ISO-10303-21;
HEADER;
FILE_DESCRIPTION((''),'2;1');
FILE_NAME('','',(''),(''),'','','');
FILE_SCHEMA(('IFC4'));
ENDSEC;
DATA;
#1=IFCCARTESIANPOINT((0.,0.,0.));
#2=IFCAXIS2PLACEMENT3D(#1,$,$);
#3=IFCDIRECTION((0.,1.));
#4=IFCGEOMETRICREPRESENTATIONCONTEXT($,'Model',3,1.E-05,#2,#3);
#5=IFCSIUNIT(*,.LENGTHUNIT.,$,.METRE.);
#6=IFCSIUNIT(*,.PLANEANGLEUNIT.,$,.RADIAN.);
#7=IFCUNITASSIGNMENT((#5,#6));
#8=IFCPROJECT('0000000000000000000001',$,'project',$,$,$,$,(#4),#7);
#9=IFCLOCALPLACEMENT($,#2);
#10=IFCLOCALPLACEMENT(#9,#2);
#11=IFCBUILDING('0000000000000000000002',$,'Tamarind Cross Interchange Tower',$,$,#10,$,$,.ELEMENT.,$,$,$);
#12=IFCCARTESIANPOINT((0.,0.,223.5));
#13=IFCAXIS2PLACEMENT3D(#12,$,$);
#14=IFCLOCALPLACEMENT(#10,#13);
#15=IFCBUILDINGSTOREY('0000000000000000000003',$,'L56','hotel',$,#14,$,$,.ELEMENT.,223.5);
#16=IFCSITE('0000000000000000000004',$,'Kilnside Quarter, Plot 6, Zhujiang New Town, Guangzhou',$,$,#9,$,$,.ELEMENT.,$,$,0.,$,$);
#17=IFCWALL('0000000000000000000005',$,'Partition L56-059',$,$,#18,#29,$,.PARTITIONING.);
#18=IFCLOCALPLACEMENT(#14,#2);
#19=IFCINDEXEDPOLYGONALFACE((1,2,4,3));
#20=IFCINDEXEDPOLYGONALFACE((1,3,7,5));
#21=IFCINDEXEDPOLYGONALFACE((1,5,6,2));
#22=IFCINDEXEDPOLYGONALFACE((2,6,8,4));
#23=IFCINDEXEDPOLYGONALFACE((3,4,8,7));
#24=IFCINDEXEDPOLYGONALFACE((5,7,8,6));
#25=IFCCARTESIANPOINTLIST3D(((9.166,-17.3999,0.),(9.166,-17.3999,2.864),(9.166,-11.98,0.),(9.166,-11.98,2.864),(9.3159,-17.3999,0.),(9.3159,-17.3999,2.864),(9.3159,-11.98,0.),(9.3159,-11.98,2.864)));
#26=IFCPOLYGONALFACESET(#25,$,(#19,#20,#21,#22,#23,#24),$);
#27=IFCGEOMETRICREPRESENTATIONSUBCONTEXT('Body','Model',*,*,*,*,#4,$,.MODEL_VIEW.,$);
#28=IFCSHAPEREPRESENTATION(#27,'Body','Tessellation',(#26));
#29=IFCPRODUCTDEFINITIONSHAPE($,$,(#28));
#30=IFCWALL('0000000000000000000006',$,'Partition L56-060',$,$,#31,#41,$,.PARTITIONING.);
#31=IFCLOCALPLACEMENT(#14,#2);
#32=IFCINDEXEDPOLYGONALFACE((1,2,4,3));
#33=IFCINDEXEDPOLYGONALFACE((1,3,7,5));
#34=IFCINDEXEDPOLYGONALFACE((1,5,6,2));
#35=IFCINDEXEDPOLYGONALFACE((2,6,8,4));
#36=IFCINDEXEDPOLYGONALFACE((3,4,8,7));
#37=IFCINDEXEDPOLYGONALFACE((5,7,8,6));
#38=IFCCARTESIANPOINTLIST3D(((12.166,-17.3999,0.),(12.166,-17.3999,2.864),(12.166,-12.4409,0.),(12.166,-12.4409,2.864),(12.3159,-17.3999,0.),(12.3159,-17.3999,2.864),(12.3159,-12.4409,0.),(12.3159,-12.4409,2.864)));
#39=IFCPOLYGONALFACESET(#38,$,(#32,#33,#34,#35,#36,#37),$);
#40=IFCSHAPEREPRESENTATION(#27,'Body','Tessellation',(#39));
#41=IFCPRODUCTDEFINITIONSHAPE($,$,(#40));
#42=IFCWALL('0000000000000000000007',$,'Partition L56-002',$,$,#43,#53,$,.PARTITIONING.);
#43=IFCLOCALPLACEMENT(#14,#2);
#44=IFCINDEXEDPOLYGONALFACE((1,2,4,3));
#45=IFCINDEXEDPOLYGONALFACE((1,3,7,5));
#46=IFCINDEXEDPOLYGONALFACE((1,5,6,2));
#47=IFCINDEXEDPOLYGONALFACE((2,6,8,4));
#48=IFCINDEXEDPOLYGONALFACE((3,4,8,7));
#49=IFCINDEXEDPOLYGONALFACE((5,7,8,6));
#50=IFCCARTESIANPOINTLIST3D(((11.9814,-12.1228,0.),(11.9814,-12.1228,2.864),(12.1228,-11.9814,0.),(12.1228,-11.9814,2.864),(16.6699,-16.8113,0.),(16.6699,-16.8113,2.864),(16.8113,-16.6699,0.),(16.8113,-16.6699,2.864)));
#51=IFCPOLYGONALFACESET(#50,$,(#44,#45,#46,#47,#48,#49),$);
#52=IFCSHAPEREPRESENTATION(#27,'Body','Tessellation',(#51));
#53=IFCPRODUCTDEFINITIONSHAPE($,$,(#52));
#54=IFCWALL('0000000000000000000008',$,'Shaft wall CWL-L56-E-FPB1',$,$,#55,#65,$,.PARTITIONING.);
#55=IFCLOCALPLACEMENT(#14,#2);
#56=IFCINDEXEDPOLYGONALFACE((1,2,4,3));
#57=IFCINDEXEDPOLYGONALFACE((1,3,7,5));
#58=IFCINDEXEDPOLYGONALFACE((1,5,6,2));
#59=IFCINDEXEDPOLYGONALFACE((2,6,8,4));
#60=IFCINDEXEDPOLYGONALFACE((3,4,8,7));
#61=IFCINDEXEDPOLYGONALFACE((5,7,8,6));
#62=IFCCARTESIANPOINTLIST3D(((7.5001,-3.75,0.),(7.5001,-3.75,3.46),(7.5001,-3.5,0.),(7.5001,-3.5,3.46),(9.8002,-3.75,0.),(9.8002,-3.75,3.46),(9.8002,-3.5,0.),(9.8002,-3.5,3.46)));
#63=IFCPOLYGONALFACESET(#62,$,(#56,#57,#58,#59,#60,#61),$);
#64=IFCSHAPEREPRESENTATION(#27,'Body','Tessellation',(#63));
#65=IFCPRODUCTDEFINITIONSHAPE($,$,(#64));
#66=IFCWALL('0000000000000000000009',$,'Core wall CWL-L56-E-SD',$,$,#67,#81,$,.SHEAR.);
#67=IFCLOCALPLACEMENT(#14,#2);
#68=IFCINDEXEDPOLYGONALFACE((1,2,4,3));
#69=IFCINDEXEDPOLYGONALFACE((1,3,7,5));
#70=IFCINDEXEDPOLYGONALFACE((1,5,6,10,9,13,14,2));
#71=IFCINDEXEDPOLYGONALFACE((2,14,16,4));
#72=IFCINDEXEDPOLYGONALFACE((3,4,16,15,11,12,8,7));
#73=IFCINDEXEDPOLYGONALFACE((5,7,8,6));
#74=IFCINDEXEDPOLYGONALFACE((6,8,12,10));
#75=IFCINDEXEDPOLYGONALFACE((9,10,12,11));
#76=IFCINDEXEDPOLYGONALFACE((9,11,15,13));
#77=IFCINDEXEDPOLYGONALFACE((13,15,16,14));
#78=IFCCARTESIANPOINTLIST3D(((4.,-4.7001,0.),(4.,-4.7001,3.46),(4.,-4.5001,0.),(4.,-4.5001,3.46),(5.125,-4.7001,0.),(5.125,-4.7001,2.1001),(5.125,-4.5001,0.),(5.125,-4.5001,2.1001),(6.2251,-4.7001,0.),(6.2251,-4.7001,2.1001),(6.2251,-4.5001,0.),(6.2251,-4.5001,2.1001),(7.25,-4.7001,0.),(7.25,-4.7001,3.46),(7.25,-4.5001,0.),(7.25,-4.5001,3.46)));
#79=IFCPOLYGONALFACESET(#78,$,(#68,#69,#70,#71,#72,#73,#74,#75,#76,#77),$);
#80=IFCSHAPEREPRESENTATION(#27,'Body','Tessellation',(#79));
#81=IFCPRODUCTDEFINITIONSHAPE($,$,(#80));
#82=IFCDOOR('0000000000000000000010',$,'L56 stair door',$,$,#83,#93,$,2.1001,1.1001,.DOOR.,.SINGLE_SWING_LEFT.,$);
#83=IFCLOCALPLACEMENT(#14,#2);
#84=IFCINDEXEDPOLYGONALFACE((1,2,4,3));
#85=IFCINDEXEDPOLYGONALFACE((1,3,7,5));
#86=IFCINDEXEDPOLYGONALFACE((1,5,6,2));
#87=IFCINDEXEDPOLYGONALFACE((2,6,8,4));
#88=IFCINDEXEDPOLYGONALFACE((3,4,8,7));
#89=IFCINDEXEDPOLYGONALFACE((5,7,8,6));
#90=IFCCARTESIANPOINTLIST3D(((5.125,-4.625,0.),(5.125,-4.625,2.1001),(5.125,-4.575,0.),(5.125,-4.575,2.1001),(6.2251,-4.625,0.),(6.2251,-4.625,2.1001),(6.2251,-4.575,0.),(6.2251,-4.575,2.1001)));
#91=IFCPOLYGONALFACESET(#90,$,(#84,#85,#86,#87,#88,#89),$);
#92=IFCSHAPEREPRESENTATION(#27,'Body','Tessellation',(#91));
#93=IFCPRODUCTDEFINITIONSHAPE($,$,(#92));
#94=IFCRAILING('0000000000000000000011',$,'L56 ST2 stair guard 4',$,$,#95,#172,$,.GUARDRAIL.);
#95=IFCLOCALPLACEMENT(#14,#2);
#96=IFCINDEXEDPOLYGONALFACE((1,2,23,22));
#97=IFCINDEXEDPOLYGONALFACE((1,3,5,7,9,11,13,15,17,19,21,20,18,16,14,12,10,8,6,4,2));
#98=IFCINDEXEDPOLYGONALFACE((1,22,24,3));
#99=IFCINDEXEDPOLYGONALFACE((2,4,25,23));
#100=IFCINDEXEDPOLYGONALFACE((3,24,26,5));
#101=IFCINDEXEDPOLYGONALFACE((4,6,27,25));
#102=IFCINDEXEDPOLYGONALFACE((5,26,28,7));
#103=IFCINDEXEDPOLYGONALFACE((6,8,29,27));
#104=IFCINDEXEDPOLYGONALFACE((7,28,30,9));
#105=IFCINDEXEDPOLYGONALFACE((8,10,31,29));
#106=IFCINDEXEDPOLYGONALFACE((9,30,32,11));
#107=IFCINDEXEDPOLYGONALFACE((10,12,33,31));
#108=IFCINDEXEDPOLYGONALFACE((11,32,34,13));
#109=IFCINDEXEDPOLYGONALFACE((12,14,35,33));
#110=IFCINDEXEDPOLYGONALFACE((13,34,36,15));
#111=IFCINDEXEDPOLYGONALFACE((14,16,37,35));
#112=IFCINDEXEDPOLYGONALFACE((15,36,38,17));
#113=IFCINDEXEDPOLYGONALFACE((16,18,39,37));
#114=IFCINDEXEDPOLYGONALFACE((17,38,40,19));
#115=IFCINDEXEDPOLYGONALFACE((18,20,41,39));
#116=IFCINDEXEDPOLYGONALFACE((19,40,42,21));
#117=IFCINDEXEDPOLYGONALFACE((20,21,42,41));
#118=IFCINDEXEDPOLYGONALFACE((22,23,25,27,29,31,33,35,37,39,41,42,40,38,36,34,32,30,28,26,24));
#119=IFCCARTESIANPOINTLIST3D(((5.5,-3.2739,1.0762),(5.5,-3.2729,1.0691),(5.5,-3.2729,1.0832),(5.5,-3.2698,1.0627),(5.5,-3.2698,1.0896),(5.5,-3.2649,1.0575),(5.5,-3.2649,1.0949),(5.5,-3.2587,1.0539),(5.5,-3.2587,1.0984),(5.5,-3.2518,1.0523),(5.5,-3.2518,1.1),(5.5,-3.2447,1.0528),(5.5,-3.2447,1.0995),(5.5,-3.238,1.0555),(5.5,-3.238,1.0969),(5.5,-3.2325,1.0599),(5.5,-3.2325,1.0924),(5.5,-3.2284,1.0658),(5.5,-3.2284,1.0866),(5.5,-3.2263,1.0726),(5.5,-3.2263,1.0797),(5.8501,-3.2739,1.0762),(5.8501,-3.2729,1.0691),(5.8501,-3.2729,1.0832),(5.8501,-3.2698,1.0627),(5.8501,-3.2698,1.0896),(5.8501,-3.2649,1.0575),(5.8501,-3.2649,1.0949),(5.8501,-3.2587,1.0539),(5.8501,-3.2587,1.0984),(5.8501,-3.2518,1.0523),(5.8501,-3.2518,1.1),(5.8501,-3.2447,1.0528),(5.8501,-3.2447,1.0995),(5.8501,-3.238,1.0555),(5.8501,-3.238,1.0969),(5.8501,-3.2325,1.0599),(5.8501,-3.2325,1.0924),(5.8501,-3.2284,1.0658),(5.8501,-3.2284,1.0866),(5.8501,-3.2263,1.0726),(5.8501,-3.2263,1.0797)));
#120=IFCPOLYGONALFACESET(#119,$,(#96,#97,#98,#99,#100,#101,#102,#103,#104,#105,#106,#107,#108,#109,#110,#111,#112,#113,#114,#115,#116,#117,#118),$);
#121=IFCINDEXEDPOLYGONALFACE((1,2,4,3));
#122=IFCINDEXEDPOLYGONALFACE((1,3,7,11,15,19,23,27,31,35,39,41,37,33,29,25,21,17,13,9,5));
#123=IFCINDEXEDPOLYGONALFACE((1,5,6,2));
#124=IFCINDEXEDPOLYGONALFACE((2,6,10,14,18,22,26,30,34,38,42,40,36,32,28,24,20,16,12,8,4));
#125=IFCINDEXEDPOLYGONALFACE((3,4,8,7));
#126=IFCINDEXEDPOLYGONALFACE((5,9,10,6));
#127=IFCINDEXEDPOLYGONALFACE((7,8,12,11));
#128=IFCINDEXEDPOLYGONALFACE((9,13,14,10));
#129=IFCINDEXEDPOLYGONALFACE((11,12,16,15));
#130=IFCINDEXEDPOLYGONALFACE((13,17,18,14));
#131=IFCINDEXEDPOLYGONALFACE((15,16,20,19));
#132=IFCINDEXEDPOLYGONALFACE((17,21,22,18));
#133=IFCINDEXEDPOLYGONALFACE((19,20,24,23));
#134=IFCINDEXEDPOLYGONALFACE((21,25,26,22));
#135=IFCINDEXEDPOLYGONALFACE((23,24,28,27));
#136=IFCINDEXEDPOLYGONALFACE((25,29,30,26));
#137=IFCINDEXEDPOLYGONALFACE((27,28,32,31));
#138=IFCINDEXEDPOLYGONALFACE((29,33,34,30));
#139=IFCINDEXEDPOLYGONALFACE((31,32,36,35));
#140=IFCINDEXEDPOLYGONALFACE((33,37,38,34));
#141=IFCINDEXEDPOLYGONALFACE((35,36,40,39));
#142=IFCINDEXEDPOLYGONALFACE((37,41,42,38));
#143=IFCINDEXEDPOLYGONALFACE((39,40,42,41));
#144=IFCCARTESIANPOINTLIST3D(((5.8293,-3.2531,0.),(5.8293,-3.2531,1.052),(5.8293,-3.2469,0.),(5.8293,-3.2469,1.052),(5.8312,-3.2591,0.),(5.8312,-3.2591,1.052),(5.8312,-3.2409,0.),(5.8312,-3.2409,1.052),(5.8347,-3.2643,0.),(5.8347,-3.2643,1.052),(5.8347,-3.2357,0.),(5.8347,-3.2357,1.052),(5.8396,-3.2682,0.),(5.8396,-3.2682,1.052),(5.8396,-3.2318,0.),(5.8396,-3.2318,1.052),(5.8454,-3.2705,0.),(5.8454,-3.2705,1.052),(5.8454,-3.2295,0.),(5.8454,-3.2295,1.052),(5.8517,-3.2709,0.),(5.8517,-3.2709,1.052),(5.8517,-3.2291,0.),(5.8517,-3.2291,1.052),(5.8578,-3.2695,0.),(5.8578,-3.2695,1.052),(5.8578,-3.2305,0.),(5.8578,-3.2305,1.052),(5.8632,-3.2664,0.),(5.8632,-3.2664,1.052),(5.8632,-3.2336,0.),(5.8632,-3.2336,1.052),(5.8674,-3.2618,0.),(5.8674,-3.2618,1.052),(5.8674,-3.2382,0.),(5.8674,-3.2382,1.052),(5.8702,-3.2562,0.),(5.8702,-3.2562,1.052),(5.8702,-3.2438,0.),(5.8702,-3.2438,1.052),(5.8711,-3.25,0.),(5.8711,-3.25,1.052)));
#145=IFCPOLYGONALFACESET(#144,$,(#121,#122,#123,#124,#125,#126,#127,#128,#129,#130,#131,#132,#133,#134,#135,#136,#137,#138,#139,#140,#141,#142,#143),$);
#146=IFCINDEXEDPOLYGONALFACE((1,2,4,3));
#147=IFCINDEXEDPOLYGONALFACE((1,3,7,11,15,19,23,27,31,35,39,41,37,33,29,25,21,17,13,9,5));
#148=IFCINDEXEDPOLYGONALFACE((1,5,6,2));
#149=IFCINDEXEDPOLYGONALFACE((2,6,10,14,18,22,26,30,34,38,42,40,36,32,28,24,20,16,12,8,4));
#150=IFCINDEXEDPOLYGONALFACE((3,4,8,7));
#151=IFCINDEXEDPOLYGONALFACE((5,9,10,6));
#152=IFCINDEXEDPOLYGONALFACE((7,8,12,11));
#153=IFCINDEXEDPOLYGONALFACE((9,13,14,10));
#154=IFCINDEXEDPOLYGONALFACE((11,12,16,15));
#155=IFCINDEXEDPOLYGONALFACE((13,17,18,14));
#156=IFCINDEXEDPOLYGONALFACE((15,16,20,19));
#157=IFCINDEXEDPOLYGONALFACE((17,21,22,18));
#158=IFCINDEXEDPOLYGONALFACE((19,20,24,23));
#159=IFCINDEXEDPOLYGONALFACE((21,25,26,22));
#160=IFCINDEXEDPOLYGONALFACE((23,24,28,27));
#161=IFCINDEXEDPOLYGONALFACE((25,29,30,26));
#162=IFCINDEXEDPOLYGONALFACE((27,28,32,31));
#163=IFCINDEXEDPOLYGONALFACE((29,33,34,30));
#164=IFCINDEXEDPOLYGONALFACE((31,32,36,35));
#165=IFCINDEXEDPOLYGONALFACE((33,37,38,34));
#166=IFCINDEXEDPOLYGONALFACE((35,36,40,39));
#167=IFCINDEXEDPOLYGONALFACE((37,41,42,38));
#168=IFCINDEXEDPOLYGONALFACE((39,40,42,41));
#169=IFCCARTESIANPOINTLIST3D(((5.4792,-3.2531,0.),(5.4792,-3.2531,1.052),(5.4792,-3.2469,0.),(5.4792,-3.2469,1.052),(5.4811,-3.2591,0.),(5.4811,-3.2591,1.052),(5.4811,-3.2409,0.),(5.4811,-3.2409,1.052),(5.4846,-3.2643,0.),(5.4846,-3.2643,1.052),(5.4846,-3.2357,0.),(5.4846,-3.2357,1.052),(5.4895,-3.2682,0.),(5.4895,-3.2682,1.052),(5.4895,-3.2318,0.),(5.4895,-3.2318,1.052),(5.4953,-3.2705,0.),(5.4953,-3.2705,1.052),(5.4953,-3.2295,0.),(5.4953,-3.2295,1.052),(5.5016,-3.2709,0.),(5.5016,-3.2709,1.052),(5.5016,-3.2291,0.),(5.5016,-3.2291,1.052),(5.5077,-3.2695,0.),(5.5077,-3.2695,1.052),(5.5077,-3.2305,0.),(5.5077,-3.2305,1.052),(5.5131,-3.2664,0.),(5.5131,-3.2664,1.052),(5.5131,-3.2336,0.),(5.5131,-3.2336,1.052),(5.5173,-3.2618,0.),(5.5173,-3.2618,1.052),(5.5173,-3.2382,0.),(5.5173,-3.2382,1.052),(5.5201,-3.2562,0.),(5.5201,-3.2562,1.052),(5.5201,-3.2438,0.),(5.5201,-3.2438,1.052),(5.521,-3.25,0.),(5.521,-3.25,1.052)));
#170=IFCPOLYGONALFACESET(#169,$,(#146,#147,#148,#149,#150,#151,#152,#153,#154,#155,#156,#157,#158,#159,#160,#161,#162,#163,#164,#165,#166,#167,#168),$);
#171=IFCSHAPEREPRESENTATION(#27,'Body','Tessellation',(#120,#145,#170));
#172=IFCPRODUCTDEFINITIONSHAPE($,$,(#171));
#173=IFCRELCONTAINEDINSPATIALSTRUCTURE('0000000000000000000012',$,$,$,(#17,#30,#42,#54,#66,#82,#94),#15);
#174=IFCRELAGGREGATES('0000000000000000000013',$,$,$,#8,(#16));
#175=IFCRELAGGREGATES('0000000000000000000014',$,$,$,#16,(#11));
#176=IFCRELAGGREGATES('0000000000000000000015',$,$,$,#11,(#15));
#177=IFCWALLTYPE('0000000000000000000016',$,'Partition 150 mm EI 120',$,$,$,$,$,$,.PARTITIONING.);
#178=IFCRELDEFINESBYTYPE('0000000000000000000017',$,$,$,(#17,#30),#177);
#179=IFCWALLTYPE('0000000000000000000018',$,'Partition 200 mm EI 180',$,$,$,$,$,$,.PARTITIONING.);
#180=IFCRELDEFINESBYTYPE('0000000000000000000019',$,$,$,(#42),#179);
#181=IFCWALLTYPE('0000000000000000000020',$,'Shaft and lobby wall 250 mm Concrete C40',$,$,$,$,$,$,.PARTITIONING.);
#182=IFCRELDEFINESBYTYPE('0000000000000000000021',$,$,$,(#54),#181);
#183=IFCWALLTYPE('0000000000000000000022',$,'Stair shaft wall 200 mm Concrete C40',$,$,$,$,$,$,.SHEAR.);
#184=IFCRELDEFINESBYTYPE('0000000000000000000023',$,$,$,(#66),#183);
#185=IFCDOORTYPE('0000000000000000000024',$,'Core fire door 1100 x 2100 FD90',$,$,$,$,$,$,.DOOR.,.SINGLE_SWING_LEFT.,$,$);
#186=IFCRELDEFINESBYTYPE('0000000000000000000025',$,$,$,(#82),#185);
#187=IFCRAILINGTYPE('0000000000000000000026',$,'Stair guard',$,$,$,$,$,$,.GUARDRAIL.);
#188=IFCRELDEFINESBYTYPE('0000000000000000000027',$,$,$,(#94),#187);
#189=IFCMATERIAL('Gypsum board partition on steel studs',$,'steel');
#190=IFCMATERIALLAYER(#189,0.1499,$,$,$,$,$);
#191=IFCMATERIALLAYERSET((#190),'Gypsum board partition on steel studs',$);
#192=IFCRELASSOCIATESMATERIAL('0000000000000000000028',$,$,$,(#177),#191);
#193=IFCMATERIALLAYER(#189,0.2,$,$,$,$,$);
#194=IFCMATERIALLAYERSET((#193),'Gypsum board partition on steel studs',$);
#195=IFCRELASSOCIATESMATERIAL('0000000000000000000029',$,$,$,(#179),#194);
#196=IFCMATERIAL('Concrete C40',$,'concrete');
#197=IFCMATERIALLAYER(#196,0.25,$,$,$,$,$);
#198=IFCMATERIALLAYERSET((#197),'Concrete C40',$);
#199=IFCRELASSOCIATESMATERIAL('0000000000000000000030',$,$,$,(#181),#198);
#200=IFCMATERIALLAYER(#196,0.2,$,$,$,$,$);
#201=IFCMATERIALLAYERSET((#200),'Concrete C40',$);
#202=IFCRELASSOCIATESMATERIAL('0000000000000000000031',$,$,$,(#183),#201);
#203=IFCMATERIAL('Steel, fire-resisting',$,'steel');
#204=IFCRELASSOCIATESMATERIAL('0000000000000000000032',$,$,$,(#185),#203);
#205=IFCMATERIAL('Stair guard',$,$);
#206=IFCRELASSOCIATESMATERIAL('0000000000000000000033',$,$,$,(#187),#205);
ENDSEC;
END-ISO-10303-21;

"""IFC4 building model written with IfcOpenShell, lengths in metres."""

from ifc_helpers import new_model, si_unit, direction, frame, frame_2d, origin, origin_2d, place, context, subcontext, project, spatial, rectangle, circle, extrude, material, layer, layer_set, type_object, element, fill, save


model = new_model("IFC4")

# Units and contexts
model_context = context("Model", 3, precision=1e-05, world=origin(), true_north=direction((0.0, 1.0)))
body_context = subcontext(model_context, "Body", "Model", "MODEL_VIEW")
ifc_project = project(units=[si_unit("LENGTHUNIT", "METRE"), si_unit("PLANEANGLEUNIT", "RADIAN")], contexts=[model_context])

# Site, building, storey
site_placement = place(None, origin())
site = spatial("IfcSite", under=ifc_project, at=site_placement, Name="Kilnside Quarter, Plot 6, Zhujiang New Town, Guangzhou", CompositionType="ELEMENT", RefElevation=0.0)
building_placement = place(site_placement, origin())
building = spatial("IfcBuilding", under=site, at=building_placement, Name="Tamarind Cross Interchange Tower", CompositionType="ELEMENT")
storey_placement = place(building_placement, frame((0.0, 0.0, 223.5)))
storey = spatial("IfcBuildingStorey", under=building, at=storey_placement, Name="L56", Description="hotel", CompositionType="ELEMENT", Elevation=223.5)

# Shared definitions
ifc_material_1 = material(Name="Steel, fire-resisting", Category="steel")

# Walls
ifc_material_2 = material(Name="Gypsum board partition on steel studs", Category="steel")
ifc_layer_1 = layer(ifc_material_2, 0.1499)
ifc_layer_set_1 = layer_set([ifc_layer_1], Name="Gypsum board partition on steel studs")
wall_type_1 = type_object("IfcWallType", Name="Partition 150 mm EI 120", PredefinedType="PARTITIONING", material=ifc_layer_set_1)
wall_1_placement = place(storey_placement, frame((9.241, -17.3999, 0.0), z_axis=(0.0, 0.0, 1.0), x_axis=(0.0, 1.0, 0.0)))
element("IfcWall", 1, at=wall_1_placement, inside=storey, type_object=wall_type_1, Name="Partition L56-059", PredefinedType="PARTITIONING", context=body_context, shape_type="SweptSolid", body=[
    extrude(rectangle(XDim=5.4199, YDim=0.1499, at=frame_2d((2.71, 0.0))), origin(), (0.0, 0.0, 1.0), 2.864),
])
wall_2_placement = place(storey_placement, frame((12.241, -17.3999, 0.0), z_axis=(0.0, 0.0, 1.0), x_axis=(0.0, 1.0, 0.0)))
element("IfcWall", 2, at=wall_2_placement, inside=storey, type_object=wall_type_1, Name="Partition L56-060", PredefinedType="PARTITIONING", context=body_context, shape_type="SweptSolid", body=[
    extrude(rectangle(XDim=4.959, YDim=0.1499, at=frame_2d((2.4795, 0.0))), origin(), (0.0, 0.0, 1.0), 2.864),
])
ifc_layer_2 = layer(ifc_material_2, 0.2)
ifc_layer_set_2 = layer_set([ifc_layer_2], Name="Gypsum board partition on steel studs")
wall_type_2 = type_object("IfcWallType", Name="Partition 200 mm EI 180", PredefinedType="PARTITIONING", material=ifc_layer_set_2)
wall_3_placement = place(storey_placement, frame((12.052, -12.052, 0.0), z_axis=(0.0, 0.0, 1.0), x_axis=(0.707107, -0.707107, 0.0)))
element("IfcWall", 3, at=wall_3_placement, inside=storey, type_object=wall_type_2, Name="Partition L56-002", PredefinedType="PARTITIONING", context=body_context, shape_type="SweptSolid", body=[
    extrude(rectangle(XDim=6.6306, YDim=0.2, at=frame_2d((3.3154, 0.0))), origin(), (0.0, 0.0, 1.0), 2.864),
])
ifc_material_3 = material(Name="Concrete C40", Category="concrete")
ifc_layer_3 = layer(ifc_material_3, 0.25)
ifc_layer_set_3 = layer_set([ifc_layer_3], Name="Concrete C40")
wall_type_3 = type_object("IfcWallType", Name="Shaft and lobby wall 250 mm Concrete C40", PredefinedType="PARTITIONING", material=ifc_layer_set_3)
wall_4_placement = place(storey_placement, frame((9.8, -3.625, 0.0), z_axis=(0.0, 0.0, 1.0), x_axis=(-1.0, 0.0, 0.0)))
element("IfcWall", 4, at=wall_4_placement, inside=storey, type_object=wall_type_3, Name="Shaft wall CWL-L56-E-FPB1", PredefinedType="PARTITIONING", context=body_context, shape_type="SweptSolid", body=[
    extrude(rectangle(XDim=2.3, YDim=0.25, at=frame_2d((1.1499, 0.0))), origin(), (0.0, 0.0, 1.0), 3.46),
])

# Wall, opening, door
ifc_layer_4 = layer(ifc_material_3, 0.2)
ifc_layer_set_4 = layer_set([ifc_layer_4], Name="Concrete C40")
wall_type_4 = type_object("IfcWallType", Name="Stair shaft wall 200 mm Concrete C40", PredefinedType="SHEAR", material=ifc_layer_set_4)
wall_5_placement = place(storey_placement, frame((7.25, -4.6001, 0.0), z_axis=(0.0, 0.0, 1.0), x_axis=(-1.0, 0.0, 0.0)))
wall_5 = element("IfcWall", 5, at=wall_5_placement, inside=storey, type_object=wall_type_4, Name="Core wall CWL-L56-E-SD", PredefinedType="SHEAR", context=body_context, shape_type="SweptSolid", body=[
    extrude(rectangle(XDim=3.25, YDim=0.2, at=frame_2d((1.625, 0.0))), origin(), (0.0, 0.0, 1.0), 3.46),
])
opening_1_placement = place(wall_5_placement, frame((1.0249, 0.0, 0.0)))
opening_1 = element("IfcOpeningElement", 6, at=opening_1_placement, cuts=wall_5, PredefinedType="OPENING", context=body_context, shape_type="SweptSolid", body=[
    extrude(rectangle(XDim=1.1001, YDim=2.1001, at=frame_2d((0.55, 1.05))), frame((0.0, 0.1099, 0.0), z_axis=(0.0, -1.0, 0.0), x_axis=(1.0, 0.0, 0.0)), (0.0, 0.0, 1.0), 0.22),
])
door_type_1 = type_object("IfcDoorType", Name="Core fire door 1100 x 2100 FD90", OperationType="SINGLE_SWING_LEFT", PredefinedType="DOOR", material=ifc_material_1)
door_1_placement = place(opening_1_placement, origin())
door_1 = element("IfcDoor", 7, at=door_1_placement, inside=storey, type_object=door_type_1, Name="L56 stair door", OperationType="SINGLE_SWING_LEFT", OverallHeight=2.1001, OverallWidth=1.1001, PredefinedType="DOOR", context=body_context, shape_type="SweptSolid", body=[
    extrude(rectangle(XDim=1.1001, YDim=2.1001, at=frame_2d((0.55, 1.05))), frame((0.0, 0.0249, 0.0), z_axis=(0.0, -1.0, 0.0), x_axis=(1.0, 0.0, 0.0)), (0.0, 0.0, 1.0), 0.05),
])
fill(opening_1, door_1)

# Railing
ifc_material_4 = material(Name="Stair guard")
railing_type = type_object("IfcRailingType", Name="Stair guard", PredefinedType="GUARDRAIL", material=ifc_material_4)
railing_placement = place(storey_placement, frame((5.8501, -3.25, 0.0)))
element("IfcRailing", 8, at=railing_placement, inside=storey, type_object=railing_type, Name="L56 ST2 stair guard 4", PredefinedType="GUARDRAIL", context=body_context, shape_type="SweptSolid", body=[
    extrude(circle(Radius=0.0239, at=origin_2d()), frame((0.0, 0.0, 1.0762), z_axis=(-1.0, 0.0, 0.0), x_axis=(0.0, -1.0, 0.0)), (0.0, 0.0, 1.0), 0.3501),
    extrude(circle(Radius=0.021, at=origin_2d()), origin(), (0.0, 0.0, 1.0), 1.052),
    extrude(circle(Radius=0.021, at=origin_2d()), frame((-0.3501, 0.0, 0.0)), (0.0, 0.0, 1.0), 1.052),
])

save(model, "model.ifc")
